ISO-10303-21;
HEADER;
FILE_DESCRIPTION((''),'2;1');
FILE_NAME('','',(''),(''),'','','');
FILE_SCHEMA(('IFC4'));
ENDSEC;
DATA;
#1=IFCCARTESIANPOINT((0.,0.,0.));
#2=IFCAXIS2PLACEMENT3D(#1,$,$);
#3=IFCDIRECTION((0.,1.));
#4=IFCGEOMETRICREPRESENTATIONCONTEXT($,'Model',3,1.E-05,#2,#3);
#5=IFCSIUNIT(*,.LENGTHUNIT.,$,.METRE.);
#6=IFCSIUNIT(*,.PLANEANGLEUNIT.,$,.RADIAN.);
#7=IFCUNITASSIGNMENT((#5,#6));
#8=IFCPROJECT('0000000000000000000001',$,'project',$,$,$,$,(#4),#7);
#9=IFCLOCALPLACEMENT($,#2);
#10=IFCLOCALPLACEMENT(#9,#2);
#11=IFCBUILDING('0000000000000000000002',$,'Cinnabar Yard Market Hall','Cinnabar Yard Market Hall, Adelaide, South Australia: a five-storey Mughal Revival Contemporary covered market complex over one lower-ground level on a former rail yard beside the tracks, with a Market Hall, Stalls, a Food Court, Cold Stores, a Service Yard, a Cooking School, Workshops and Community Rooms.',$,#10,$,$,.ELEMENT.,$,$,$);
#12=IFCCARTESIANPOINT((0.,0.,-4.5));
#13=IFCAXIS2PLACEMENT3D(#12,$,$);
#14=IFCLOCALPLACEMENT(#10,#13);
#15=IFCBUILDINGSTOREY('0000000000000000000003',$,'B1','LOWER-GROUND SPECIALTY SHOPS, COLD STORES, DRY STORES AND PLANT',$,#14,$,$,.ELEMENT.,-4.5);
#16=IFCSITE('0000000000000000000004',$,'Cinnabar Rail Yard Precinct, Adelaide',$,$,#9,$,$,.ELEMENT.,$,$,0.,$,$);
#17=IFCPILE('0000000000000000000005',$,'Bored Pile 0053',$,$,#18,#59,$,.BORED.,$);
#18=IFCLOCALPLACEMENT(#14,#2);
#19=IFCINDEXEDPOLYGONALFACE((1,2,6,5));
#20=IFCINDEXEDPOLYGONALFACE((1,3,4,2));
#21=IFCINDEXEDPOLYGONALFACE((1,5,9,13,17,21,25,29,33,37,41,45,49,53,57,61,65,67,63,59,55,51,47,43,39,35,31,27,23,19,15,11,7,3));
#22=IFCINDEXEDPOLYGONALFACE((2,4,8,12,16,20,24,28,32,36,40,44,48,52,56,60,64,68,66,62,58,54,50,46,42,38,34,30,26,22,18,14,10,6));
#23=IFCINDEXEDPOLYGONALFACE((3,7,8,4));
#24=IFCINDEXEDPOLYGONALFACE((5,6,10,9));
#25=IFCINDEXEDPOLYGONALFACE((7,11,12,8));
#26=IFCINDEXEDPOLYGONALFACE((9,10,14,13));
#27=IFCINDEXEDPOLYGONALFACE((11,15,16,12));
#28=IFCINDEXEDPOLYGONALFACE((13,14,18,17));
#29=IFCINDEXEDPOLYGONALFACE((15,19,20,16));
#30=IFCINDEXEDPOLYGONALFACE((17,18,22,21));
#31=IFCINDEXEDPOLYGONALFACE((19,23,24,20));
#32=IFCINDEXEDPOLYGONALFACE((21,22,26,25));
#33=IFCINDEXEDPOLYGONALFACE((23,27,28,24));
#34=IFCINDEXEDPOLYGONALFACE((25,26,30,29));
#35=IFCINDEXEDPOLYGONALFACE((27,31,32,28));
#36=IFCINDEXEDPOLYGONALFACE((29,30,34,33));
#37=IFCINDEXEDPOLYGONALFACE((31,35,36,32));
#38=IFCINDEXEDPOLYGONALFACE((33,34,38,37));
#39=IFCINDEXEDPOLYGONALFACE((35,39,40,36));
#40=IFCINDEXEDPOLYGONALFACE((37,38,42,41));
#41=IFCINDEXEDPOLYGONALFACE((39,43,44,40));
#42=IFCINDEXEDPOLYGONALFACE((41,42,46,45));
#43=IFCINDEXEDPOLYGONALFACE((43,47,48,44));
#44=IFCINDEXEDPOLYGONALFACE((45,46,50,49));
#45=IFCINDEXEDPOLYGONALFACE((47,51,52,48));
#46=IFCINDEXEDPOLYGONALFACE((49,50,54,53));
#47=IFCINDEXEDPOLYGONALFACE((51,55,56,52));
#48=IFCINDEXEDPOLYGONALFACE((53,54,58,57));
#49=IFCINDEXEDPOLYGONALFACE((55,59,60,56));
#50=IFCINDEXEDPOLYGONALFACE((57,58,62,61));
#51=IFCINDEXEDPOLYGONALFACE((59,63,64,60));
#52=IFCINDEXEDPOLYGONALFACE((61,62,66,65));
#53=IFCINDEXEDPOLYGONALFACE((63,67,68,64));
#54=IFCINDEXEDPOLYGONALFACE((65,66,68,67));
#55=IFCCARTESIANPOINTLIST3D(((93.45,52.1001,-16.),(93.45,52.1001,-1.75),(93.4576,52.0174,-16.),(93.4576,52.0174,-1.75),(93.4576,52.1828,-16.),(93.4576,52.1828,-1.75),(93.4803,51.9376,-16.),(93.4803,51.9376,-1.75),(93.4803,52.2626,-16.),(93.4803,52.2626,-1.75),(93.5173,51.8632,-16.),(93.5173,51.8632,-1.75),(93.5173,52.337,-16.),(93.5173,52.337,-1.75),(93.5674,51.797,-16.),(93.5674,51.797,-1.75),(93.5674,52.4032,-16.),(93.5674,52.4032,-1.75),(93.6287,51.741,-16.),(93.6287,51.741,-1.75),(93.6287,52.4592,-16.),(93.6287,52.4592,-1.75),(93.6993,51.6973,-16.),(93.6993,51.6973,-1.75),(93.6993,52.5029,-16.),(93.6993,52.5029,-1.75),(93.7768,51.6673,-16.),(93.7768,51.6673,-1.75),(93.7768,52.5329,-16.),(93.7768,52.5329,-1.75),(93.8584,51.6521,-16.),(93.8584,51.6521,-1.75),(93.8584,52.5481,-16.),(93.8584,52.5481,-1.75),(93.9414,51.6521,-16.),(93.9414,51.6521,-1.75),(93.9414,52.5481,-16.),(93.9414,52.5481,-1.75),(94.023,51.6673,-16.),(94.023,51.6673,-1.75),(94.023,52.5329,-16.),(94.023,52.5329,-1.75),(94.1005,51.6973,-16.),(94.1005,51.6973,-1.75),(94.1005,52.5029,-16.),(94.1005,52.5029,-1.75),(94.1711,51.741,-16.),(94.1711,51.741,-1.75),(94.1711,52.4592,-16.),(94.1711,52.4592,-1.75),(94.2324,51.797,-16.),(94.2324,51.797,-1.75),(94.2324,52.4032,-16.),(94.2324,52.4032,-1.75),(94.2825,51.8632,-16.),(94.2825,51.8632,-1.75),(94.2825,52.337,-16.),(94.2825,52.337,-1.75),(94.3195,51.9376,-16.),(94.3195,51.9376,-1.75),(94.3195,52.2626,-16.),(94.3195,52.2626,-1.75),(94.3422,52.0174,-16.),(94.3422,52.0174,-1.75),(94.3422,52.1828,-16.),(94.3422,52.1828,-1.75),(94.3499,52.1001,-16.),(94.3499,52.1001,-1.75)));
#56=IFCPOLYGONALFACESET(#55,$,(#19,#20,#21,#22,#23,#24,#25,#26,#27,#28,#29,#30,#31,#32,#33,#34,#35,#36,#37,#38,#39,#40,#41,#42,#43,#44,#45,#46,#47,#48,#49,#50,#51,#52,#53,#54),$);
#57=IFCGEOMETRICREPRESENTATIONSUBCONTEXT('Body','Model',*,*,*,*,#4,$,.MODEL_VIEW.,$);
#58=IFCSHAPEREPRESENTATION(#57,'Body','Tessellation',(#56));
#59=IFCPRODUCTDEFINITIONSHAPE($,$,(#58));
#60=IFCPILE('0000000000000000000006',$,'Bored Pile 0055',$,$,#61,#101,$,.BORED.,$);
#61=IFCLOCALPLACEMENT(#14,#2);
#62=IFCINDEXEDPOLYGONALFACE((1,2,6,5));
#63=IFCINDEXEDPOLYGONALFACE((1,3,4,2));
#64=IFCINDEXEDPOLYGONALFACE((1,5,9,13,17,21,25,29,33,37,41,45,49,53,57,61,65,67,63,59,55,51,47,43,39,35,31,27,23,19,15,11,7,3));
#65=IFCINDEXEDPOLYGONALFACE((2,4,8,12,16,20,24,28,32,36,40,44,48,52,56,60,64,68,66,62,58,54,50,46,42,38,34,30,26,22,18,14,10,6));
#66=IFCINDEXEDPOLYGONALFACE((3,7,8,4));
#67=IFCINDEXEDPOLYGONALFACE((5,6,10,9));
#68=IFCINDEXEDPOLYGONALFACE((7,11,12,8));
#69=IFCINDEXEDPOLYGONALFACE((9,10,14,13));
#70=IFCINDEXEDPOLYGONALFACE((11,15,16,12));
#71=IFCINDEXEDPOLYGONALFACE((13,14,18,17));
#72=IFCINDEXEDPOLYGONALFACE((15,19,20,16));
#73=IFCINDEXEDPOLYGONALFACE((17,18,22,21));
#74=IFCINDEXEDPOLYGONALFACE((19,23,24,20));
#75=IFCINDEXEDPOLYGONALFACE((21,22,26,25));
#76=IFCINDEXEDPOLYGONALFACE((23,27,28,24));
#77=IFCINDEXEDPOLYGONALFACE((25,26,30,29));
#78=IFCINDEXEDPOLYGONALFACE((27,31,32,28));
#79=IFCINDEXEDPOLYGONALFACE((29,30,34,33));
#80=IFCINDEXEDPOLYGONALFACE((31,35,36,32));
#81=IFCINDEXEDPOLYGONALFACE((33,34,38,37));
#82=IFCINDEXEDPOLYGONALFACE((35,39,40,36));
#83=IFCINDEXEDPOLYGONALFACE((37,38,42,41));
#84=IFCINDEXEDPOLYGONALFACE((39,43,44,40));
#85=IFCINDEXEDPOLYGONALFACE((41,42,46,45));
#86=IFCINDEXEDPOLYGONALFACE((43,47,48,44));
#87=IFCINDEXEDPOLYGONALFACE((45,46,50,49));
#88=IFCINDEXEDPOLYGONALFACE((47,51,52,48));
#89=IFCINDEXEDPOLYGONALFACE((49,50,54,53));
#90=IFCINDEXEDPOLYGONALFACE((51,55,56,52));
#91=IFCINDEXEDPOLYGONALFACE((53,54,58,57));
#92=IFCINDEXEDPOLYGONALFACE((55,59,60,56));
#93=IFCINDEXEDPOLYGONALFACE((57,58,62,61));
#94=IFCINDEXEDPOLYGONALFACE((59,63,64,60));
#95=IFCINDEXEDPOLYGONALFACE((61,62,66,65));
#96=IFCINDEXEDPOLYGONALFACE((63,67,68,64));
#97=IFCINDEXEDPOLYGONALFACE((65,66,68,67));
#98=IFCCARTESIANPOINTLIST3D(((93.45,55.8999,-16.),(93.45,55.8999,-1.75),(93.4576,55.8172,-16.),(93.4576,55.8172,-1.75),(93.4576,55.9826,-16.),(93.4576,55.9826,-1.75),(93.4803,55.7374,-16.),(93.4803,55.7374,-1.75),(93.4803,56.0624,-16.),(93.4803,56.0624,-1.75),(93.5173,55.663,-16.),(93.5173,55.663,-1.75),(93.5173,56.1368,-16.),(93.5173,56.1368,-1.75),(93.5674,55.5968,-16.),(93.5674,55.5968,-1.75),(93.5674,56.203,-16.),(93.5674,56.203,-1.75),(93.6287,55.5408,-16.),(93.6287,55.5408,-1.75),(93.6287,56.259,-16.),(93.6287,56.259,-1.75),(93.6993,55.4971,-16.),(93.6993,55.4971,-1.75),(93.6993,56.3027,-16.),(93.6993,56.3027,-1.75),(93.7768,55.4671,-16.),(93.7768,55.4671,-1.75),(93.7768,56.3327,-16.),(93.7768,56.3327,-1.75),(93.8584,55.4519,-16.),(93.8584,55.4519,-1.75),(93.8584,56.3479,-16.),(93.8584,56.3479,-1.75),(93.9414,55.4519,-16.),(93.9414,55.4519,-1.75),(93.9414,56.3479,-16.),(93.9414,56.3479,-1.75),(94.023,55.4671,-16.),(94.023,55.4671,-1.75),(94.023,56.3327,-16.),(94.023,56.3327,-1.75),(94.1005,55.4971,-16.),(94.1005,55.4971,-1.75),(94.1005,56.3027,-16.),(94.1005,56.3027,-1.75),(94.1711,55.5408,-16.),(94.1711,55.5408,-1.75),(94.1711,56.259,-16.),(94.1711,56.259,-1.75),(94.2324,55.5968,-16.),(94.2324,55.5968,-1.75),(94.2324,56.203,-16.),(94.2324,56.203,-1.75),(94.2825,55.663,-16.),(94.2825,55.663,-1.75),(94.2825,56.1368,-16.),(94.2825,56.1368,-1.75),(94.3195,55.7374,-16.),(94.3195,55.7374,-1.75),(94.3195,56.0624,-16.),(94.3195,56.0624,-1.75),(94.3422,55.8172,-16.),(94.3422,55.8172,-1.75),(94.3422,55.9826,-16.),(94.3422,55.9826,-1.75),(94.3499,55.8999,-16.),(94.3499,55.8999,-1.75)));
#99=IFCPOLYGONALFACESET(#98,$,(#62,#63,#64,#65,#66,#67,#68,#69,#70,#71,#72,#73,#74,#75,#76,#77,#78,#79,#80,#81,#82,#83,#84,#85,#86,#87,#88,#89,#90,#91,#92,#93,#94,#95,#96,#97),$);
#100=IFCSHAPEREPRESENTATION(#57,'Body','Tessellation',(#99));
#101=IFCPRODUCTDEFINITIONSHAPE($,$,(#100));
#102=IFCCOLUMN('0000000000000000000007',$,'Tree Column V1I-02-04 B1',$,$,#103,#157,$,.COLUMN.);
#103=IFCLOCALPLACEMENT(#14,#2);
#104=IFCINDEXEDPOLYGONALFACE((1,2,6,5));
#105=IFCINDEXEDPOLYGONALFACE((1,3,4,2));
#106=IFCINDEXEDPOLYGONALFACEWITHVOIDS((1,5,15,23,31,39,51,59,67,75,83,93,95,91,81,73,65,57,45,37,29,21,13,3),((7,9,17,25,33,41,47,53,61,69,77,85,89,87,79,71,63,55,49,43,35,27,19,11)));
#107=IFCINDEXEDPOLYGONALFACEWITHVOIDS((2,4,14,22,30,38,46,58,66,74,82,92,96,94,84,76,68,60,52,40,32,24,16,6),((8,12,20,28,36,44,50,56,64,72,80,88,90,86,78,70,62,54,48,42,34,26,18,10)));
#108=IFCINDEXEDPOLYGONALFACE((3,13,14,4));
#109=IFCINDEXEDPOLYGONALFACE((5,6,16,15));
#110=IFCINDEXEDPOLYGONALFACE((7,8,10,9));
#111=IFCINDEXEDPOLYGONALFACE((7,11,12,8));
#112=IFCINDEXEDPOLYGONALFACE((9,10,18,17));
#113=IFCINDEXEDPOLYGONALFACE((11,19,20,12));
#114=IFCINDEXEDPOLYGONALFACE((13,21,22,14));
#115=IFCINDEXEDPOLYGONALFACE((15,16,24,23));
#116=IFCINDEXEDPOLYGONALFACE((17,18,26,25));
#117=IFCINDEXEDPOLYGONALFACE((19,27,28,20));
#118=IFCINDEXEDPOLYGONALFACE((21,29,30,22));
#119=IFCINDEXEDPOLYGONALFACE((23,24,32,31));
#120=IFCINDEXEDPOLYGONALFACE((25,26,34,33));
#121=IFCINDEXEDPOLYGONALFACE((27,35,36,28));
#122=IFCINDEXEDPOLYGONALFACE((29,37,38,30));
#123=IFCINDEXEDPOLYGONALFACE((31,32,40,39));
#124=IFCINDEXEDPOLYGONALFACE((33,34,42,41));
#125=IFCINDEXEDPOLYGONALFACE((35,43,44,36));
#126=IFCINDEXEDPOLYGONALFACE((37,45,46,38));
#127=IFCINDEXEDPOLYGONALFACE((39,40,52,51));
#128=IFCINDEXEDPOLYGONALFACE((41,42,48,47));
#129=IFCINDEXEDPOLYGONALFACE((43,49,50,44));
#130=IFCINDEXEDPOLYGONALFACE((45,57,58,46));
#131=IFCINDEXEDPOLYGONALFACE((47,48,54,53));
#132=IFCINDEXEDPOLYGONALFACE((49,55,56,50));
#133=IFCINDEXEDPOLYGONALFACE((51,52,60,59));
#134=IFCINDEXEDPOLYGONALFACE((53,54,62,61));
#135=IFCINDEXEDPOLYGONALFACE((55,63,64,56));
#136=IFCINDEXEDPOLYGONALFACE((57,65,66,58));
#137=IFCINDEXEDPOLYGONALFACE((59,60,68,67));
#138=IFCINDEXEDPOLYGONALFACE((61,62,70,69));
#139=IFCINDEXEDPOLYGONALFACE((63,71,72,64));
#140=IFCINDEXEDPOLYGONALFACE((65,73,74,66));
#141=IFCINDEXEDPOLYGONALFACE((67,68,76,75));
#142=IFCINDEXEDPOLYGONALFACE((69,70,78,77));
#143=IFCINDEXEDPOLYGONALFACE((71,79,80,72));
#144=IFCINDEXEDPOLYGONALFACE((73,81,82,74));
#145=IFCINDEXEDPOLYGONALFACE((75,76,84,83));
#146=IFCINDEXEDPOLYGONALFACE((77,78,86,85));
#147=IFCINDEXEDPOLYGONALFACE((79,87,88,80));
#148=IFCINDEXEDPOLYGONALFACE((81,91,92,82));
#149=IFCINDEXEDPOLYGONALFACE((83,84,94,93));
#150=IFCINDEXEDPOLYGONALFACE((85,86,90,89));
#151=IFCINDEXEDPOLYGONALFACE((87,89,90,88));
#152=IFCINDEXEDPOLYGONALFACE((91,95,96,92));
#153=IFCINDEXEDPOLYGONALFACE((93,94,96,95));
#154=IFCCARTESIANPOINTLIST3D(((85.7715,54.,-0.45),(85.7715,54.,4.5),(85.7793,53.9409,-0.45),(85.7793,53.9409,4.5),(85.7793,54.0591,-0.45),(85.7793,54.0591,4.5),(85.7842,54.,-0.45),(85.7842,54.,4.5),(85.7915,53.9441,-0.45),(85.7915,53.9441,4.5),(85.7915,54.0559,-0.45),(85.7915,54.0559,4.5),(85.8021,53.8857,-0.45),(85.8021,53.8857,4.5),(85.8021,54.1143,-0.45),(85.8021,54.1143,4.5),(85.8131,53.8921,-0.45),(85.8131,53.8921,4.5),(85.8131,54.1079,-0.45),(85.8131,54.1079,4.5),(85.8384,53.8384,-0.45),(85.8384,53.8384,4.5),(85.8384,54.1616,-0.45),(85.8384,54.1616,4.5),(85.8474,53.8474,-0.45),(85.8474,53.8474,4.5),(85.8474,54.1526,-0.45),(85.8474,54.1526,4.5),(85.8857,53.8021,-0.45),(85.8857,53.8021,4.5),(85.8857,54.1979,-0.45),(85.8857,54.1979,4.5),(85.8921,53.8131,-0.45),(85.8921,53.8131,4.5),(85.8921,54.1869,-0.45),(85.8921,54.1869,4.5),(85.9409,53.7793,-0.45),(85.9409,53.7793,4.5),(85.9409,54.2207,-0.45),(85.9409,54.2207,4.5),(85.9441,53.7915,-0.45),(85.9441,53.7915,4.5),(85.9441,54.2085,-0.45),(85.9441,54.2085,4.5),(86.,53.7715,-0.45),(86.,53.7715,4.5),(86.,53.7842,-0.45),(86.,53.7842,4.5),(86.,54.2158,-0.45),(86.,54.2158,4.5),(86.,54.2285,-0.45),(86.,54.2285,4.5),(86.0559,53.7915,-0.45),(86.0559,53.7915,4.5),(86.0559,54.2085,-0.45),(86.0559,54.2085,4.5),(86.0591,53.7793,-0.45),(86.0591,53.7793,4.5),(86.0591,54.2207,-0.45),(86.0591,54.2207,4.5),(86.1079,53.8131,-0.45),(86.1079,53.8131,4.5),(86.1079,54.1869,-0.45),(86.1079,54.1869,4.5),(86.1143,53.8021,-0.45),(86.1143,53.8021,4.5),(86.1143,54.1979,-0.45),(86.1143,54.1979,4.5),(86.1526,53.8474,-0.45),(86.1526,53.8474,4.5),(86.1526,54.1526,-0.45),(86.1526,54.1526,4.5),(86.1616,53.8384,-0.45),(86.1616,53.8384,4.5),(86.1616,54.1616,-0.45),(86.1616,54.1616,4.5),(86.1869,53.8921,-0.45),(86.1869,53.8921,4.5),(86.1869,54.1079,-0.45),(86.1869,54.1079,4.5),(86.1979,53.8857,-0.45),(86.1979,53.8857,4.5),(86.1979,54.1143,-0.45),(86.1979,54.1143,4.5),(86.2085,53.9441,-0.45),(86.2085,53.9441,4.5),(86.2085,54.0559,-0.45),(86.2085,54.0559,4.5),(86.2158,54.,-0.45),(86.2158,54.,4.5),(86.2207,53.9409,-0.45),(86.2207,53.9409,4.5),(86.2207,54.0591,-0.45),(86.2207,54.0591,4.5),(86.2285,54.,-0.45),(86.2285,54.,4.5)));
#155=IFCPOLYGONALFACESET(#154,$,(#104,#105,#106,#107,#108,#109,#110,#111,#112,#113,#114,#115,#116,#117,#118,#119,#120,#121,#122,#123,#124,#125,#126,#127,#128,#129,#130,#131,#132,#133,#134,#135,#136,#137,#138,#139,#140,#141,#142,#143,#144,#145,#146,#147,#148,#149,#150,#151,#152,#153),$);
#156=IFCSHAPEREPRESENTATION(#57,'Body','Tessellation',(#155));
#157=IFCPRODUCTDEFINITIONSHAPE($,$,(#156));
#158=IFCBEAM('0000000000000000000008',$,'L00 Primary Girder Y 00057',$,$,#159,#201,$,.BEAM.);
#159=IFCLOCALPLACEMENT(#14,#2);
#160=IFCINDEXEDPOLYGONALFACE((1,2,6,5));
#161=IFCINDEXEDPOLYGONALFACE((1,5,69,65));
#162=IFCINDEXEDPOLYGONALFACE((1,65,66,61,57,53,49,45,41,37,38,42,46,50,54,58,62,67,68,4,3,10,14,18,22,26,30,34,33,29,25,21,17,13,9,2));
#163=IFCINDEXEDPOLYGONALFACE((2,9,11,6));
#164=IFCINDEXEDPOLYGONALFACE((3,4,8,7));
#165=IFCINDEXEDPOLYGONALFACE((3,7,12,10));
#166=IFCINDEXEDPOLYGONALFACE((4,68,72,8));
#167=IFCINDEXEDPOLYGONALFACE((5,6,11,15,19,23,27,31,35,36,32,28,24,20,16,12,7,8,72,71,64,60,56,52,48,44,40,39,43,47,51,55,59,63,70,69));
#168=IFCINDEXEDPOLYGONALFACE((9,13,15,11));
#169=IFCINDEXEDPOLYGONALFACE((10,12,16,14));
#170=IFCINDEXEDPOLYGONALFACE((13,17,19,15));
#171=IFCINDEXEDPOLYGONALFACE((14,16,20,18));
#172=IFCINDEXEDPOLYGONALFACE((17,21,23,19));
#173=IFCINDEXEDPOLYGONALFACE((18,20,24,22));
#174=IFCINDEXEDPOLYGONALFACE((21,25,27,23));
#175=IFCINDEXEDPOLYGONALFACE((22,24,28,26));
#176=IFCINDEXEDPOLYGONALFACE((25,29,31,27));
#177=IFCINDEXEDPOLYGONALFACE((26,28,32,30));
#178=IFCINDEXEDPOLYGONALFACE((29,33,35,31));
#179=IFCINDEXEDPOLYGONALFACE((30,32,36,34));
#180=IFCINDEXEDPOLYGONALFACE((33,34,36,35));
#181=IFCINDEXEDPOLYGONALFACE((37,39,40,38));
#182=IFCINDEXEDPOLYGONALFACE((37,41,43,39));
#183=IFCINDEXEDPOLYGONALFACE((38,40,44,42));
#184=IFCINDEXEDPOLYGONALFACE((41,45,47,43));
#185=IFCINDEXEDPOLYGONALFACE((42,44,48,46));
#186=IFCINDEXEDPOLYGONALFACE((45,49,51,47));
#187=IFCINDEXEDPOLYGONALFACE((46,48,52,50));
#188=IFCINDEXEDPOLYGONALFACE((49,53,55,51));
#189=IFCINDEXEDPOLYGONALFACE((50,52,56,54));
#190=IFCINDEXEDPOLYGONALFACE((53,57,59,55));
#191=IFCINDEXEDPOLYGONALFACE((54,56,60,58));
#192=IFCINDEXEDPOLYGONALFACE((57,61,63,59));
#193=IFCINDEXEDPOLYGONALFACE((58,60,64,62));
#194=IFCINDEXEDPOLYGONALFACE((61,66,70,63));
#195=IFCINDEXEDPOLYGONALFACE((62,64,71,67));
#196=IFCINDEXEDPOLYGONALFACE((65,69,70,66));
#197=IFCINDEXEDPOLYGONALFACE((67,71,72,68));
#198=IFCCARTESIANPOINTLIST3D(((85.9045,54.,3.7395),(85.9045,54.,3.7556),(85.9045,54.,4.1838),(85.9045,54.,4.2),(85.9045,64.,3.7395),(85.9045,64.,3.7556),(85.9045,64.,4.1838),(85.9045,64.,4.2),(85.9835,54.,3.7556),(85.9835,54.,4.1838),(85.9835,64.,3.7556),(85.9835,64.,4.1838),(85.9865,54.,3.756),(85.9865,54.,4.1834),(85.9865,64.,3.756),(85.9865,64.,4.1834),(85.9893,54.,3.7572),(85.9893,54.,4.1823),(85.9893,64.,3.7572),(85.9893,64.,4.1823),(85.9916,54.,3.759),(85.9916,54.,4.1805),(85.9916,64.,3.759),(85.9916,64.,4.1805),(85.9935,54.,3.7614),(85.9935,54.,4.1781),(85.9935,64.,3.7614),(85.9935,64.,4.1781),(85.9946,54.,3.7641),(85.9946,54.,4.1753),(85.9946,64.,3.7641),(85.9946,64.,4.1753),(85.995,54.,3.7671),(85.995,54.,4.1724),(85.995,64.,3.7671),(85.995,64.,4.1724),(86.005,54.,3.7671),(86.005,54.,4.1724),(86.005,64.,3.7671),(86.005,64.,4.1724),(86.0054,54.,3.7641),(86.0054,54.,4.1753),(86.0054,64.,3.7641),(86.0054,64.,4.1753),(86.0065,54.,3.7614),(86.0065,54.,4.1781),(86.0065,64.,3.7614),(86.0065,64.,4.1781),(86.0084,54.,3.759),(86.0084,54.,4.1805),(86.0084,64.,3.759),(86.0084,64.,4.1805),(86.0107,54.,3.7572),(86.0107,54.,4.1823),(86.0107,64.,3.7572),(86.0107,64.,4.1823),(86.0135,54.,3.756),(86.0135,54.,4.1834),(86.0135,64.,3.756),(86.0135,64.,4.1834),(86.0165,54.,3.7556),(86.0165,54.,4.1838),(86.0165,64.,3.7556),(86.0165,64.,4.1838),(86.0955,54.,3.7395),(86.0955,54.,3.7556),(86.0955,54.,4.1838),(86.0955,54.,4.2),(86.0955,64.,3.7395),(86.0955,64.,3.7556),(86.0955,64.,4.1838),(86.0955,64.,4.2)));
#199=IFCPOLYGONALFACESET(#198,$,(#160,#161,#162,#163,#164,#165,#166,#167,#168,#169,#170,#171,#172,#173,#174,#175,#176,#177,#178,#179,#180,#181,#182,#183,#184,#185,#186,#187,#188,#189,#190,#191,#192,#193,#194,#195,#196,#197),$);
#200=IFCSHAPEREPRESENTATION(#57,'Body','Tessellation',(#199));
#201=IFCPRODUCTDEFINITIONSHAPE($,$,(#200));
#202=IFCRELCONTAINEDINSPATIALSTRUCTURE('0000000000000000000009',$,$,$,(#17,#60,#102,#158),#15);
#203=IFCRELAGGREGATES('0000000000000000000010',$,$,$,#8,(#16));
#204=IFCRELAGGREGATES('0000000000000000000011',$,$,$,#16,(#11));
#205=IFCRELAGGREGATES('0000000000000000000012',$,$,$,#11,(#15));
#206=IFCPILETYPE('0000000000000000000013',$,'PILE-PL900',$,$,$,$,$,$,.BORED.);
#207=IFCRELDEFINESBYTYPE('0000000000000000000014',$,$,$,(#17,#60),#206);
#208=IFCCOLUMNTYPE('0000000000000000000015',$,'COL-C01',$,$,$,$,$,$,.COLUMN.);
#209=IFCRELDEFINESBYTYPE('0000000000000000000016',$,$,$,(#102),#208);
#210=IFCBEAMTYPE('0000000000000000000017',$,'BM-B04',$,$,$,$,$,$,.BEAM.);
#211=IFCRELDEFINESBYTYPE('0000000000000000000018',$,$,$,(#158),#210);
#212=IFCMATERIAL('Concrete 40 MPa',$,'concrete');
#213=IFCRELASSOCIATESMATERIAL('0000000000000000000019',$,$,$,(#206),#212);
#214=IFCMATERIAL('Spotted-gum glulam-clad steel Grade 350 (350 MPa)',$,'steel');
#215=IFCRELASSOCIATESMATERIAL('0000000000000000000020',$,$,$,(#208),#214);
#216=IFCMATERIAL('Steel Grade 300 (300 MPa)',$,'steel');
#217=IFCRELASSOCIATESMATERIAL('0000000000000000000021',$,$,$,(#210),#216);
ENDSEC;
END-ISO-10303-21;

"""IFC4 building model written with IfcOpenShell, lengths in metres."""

from ifc_helpers import new_model, si_unit, direction, frame, origin, origin_2d_with_axis, place, context, subcontext, project, spatial, circle, hollow_circle, i_section, extrude, material, material_profile, profile_set, type_object, element, save


model = new_model("IFC4")

# Units and contexts
model_context = context("Model", 3, precision=1e-05, world=origin(), true_north=direction((0.0, 1.0)))
body_context = subcontext(model_context, "Body", "Model", "MODEL_VIEW")
ifc_project = project(units=[si_unit("LENGTHUNIT", "METRE"), si_unit("PLANEANGLEUNIT", "RADIAN")], contexts=[model_context])

# Site, building, storey
site_placement = place(None, origin())
site = spatial("IfcSite", under=ifc_project, at=site_placement, Name="Cinnabar Rail Yard Precinct, Adelaide", CompositionType="ELEMENT", RefElevation=0.0)
building_placement = place(site_placement, origin())
building = spatial("IfcBuilding", under=site, at=building_placement, Name="Cinnabar Yard Market Hall", Description="Cinnabar Yard Market Hall, Adelaide, South Australia: a five-storey Mughal Revival Contemporary covered market complex over one lower-ground level on a former rail yard beside the tracks, with a Market Hall, Stalls, a Food Court, Cold Stores, a Service Yard, a Cooking School, Workshops and Community Rooms.", CompositionType="ELEMENT")
storey_placement = place(building_placement, frame((0.0, 0.0, -4.5)))
storey = spatial("IfcBuildingStorey", under=building, at=storey_placement, Name="B1", Description="LOWER-GROUND SPECIALTY SHOPS, COLD STORES, DRY STORES AND PLANT", CompositionType="ELEMENT", Elevation=-4.5)

# Shared definitions
ifc_material_1 = material(Name="Concrete 40 MPa", Category="concrete")

# Piles
ifc_material_profile_1 = material_profile(ifc_material_1, circle(Radius=0.45, at=origin_2d_with_axis()), Name="PILE-D900")
ifc_profile_set_1 = profile_set([ifc_material_profile_1], Name="Concrete 40 MPa")
pile_type_1 = type_object("IfcPileType", Name="PILE-PL900", PredefinedType="BORED", material=ifc_profile_set_1)
for number, where, z_axis, x_axis, name in (
    (1, (93.8999, 52.1001, -1.75), (0.0, 0.0, -1.0), (1.0, 0.0, 0.0), "Bored Pile 0053"),
    (2, (93.8999, 55.8999, -1.75), (0.0, 0.0, -1.0), (1.0, 0.0, 0.0), "Bored Pile 0055"),
):
    element("IfcPile", number, at=place(storey_placement, frame(where, z_axis=z_axis, x_axis=x_axis)), inside=storey, type_object=pile_type_1, Name=name, PredefinedType="BORED", context=body_context, shape_type="SweptSolid", body=[
        extrude(circle(Radius=0.45, at=origin_2d_with_axis()), origin(), (0.0, 0.0, 1.0), 14.25),
    ])

# Column
ifc_material_2 = material(Name="Spotted-gum glulam-clad steel Grade 350 (350 MPa)", Category="steel")
ifc_material_profile_2 = material_profile(ifc_material_2, hollow_circle(Radius=0.2285, WallThickness=0.0127, at=origin_2d_with_axis()), Name="457.0x12.7CHS")
ifc_profile_set_2 = profile_set([ifc_material_profile_2], Name="Spotted-gum glulam-clad steel Grade 350 (350 MPa)")
column_type = type_object("IfcColumnType", Name="COL-C01", PredefinedType="COLUMN", material=ifc_profile_set_2)
column_placement = place(storey_placement, frame((86.0, 54.0, -0.45), z_axis=(0.0, 0.0, 1.0), x_axis=(1.0, 0.0, 0.0)))
element("IfcColumn", 3, at=column_placement, inside=storey, type_object=column_type, Name="Tree Column V1I-02-04 B1", PredefinedType="COLUMN", context=body_context, shape_type="SweptSolid", body=[
    extrude(hollow_circle(Radius=0.2285, WallThickness=0.0127, at=origin_2d_with_axis()), origin(), (0.0, 0.0, 1.0), 4.95),
])

# Beam
ifc_material_3 = material(Name="Steel Grade 300 (300 MPa)", Category="steel")
ifc_material_profile_3 = material_profile(ifc_material_3, i_section(OverallWidth=0.1909, OverallDepth=0.4604, WebThickness=0.01, FlangeThickness=0.0161, FilletRadius=0.0115, at=origin_2d_with_axis()), Name="460UB82.1")
ifc_profile_set_3 = profile_set([ifc_material_profile_3], Name="Steel Grade 300 (300 MPa)")
beam_type_1 = type_object("IfcBeamType", Name="BM-B04", PredefinedType="BEAM", material=ifc_profile_set_3)
beam_1_placement = place(storey_placement, frame((86.0, 54.0, 3.9697), z_axis=(0.0, 1.0, 0.0), x_axis=(-1.0, 0.0, 0.0)))
element("IfcBeam", 4, at=beam_1_placement, inside=storey, type_object=beam_type_1, Name="L00 Primary Girder Y 00057", PredefinedType="BEAM", context=body_context, shape_type="SweptSolid", body=[
    extrude(i_section(OverallWidth=0.1909, OverallDepth=0.4604, WebThickness=0.01, FlangeThickness=0.0161, FilletRadius=0.0115, at=origin_2d_with_axis()), origin(), (0.0, 0.0, 1.0), 10.0),
])

save(model, "model.ifc")
